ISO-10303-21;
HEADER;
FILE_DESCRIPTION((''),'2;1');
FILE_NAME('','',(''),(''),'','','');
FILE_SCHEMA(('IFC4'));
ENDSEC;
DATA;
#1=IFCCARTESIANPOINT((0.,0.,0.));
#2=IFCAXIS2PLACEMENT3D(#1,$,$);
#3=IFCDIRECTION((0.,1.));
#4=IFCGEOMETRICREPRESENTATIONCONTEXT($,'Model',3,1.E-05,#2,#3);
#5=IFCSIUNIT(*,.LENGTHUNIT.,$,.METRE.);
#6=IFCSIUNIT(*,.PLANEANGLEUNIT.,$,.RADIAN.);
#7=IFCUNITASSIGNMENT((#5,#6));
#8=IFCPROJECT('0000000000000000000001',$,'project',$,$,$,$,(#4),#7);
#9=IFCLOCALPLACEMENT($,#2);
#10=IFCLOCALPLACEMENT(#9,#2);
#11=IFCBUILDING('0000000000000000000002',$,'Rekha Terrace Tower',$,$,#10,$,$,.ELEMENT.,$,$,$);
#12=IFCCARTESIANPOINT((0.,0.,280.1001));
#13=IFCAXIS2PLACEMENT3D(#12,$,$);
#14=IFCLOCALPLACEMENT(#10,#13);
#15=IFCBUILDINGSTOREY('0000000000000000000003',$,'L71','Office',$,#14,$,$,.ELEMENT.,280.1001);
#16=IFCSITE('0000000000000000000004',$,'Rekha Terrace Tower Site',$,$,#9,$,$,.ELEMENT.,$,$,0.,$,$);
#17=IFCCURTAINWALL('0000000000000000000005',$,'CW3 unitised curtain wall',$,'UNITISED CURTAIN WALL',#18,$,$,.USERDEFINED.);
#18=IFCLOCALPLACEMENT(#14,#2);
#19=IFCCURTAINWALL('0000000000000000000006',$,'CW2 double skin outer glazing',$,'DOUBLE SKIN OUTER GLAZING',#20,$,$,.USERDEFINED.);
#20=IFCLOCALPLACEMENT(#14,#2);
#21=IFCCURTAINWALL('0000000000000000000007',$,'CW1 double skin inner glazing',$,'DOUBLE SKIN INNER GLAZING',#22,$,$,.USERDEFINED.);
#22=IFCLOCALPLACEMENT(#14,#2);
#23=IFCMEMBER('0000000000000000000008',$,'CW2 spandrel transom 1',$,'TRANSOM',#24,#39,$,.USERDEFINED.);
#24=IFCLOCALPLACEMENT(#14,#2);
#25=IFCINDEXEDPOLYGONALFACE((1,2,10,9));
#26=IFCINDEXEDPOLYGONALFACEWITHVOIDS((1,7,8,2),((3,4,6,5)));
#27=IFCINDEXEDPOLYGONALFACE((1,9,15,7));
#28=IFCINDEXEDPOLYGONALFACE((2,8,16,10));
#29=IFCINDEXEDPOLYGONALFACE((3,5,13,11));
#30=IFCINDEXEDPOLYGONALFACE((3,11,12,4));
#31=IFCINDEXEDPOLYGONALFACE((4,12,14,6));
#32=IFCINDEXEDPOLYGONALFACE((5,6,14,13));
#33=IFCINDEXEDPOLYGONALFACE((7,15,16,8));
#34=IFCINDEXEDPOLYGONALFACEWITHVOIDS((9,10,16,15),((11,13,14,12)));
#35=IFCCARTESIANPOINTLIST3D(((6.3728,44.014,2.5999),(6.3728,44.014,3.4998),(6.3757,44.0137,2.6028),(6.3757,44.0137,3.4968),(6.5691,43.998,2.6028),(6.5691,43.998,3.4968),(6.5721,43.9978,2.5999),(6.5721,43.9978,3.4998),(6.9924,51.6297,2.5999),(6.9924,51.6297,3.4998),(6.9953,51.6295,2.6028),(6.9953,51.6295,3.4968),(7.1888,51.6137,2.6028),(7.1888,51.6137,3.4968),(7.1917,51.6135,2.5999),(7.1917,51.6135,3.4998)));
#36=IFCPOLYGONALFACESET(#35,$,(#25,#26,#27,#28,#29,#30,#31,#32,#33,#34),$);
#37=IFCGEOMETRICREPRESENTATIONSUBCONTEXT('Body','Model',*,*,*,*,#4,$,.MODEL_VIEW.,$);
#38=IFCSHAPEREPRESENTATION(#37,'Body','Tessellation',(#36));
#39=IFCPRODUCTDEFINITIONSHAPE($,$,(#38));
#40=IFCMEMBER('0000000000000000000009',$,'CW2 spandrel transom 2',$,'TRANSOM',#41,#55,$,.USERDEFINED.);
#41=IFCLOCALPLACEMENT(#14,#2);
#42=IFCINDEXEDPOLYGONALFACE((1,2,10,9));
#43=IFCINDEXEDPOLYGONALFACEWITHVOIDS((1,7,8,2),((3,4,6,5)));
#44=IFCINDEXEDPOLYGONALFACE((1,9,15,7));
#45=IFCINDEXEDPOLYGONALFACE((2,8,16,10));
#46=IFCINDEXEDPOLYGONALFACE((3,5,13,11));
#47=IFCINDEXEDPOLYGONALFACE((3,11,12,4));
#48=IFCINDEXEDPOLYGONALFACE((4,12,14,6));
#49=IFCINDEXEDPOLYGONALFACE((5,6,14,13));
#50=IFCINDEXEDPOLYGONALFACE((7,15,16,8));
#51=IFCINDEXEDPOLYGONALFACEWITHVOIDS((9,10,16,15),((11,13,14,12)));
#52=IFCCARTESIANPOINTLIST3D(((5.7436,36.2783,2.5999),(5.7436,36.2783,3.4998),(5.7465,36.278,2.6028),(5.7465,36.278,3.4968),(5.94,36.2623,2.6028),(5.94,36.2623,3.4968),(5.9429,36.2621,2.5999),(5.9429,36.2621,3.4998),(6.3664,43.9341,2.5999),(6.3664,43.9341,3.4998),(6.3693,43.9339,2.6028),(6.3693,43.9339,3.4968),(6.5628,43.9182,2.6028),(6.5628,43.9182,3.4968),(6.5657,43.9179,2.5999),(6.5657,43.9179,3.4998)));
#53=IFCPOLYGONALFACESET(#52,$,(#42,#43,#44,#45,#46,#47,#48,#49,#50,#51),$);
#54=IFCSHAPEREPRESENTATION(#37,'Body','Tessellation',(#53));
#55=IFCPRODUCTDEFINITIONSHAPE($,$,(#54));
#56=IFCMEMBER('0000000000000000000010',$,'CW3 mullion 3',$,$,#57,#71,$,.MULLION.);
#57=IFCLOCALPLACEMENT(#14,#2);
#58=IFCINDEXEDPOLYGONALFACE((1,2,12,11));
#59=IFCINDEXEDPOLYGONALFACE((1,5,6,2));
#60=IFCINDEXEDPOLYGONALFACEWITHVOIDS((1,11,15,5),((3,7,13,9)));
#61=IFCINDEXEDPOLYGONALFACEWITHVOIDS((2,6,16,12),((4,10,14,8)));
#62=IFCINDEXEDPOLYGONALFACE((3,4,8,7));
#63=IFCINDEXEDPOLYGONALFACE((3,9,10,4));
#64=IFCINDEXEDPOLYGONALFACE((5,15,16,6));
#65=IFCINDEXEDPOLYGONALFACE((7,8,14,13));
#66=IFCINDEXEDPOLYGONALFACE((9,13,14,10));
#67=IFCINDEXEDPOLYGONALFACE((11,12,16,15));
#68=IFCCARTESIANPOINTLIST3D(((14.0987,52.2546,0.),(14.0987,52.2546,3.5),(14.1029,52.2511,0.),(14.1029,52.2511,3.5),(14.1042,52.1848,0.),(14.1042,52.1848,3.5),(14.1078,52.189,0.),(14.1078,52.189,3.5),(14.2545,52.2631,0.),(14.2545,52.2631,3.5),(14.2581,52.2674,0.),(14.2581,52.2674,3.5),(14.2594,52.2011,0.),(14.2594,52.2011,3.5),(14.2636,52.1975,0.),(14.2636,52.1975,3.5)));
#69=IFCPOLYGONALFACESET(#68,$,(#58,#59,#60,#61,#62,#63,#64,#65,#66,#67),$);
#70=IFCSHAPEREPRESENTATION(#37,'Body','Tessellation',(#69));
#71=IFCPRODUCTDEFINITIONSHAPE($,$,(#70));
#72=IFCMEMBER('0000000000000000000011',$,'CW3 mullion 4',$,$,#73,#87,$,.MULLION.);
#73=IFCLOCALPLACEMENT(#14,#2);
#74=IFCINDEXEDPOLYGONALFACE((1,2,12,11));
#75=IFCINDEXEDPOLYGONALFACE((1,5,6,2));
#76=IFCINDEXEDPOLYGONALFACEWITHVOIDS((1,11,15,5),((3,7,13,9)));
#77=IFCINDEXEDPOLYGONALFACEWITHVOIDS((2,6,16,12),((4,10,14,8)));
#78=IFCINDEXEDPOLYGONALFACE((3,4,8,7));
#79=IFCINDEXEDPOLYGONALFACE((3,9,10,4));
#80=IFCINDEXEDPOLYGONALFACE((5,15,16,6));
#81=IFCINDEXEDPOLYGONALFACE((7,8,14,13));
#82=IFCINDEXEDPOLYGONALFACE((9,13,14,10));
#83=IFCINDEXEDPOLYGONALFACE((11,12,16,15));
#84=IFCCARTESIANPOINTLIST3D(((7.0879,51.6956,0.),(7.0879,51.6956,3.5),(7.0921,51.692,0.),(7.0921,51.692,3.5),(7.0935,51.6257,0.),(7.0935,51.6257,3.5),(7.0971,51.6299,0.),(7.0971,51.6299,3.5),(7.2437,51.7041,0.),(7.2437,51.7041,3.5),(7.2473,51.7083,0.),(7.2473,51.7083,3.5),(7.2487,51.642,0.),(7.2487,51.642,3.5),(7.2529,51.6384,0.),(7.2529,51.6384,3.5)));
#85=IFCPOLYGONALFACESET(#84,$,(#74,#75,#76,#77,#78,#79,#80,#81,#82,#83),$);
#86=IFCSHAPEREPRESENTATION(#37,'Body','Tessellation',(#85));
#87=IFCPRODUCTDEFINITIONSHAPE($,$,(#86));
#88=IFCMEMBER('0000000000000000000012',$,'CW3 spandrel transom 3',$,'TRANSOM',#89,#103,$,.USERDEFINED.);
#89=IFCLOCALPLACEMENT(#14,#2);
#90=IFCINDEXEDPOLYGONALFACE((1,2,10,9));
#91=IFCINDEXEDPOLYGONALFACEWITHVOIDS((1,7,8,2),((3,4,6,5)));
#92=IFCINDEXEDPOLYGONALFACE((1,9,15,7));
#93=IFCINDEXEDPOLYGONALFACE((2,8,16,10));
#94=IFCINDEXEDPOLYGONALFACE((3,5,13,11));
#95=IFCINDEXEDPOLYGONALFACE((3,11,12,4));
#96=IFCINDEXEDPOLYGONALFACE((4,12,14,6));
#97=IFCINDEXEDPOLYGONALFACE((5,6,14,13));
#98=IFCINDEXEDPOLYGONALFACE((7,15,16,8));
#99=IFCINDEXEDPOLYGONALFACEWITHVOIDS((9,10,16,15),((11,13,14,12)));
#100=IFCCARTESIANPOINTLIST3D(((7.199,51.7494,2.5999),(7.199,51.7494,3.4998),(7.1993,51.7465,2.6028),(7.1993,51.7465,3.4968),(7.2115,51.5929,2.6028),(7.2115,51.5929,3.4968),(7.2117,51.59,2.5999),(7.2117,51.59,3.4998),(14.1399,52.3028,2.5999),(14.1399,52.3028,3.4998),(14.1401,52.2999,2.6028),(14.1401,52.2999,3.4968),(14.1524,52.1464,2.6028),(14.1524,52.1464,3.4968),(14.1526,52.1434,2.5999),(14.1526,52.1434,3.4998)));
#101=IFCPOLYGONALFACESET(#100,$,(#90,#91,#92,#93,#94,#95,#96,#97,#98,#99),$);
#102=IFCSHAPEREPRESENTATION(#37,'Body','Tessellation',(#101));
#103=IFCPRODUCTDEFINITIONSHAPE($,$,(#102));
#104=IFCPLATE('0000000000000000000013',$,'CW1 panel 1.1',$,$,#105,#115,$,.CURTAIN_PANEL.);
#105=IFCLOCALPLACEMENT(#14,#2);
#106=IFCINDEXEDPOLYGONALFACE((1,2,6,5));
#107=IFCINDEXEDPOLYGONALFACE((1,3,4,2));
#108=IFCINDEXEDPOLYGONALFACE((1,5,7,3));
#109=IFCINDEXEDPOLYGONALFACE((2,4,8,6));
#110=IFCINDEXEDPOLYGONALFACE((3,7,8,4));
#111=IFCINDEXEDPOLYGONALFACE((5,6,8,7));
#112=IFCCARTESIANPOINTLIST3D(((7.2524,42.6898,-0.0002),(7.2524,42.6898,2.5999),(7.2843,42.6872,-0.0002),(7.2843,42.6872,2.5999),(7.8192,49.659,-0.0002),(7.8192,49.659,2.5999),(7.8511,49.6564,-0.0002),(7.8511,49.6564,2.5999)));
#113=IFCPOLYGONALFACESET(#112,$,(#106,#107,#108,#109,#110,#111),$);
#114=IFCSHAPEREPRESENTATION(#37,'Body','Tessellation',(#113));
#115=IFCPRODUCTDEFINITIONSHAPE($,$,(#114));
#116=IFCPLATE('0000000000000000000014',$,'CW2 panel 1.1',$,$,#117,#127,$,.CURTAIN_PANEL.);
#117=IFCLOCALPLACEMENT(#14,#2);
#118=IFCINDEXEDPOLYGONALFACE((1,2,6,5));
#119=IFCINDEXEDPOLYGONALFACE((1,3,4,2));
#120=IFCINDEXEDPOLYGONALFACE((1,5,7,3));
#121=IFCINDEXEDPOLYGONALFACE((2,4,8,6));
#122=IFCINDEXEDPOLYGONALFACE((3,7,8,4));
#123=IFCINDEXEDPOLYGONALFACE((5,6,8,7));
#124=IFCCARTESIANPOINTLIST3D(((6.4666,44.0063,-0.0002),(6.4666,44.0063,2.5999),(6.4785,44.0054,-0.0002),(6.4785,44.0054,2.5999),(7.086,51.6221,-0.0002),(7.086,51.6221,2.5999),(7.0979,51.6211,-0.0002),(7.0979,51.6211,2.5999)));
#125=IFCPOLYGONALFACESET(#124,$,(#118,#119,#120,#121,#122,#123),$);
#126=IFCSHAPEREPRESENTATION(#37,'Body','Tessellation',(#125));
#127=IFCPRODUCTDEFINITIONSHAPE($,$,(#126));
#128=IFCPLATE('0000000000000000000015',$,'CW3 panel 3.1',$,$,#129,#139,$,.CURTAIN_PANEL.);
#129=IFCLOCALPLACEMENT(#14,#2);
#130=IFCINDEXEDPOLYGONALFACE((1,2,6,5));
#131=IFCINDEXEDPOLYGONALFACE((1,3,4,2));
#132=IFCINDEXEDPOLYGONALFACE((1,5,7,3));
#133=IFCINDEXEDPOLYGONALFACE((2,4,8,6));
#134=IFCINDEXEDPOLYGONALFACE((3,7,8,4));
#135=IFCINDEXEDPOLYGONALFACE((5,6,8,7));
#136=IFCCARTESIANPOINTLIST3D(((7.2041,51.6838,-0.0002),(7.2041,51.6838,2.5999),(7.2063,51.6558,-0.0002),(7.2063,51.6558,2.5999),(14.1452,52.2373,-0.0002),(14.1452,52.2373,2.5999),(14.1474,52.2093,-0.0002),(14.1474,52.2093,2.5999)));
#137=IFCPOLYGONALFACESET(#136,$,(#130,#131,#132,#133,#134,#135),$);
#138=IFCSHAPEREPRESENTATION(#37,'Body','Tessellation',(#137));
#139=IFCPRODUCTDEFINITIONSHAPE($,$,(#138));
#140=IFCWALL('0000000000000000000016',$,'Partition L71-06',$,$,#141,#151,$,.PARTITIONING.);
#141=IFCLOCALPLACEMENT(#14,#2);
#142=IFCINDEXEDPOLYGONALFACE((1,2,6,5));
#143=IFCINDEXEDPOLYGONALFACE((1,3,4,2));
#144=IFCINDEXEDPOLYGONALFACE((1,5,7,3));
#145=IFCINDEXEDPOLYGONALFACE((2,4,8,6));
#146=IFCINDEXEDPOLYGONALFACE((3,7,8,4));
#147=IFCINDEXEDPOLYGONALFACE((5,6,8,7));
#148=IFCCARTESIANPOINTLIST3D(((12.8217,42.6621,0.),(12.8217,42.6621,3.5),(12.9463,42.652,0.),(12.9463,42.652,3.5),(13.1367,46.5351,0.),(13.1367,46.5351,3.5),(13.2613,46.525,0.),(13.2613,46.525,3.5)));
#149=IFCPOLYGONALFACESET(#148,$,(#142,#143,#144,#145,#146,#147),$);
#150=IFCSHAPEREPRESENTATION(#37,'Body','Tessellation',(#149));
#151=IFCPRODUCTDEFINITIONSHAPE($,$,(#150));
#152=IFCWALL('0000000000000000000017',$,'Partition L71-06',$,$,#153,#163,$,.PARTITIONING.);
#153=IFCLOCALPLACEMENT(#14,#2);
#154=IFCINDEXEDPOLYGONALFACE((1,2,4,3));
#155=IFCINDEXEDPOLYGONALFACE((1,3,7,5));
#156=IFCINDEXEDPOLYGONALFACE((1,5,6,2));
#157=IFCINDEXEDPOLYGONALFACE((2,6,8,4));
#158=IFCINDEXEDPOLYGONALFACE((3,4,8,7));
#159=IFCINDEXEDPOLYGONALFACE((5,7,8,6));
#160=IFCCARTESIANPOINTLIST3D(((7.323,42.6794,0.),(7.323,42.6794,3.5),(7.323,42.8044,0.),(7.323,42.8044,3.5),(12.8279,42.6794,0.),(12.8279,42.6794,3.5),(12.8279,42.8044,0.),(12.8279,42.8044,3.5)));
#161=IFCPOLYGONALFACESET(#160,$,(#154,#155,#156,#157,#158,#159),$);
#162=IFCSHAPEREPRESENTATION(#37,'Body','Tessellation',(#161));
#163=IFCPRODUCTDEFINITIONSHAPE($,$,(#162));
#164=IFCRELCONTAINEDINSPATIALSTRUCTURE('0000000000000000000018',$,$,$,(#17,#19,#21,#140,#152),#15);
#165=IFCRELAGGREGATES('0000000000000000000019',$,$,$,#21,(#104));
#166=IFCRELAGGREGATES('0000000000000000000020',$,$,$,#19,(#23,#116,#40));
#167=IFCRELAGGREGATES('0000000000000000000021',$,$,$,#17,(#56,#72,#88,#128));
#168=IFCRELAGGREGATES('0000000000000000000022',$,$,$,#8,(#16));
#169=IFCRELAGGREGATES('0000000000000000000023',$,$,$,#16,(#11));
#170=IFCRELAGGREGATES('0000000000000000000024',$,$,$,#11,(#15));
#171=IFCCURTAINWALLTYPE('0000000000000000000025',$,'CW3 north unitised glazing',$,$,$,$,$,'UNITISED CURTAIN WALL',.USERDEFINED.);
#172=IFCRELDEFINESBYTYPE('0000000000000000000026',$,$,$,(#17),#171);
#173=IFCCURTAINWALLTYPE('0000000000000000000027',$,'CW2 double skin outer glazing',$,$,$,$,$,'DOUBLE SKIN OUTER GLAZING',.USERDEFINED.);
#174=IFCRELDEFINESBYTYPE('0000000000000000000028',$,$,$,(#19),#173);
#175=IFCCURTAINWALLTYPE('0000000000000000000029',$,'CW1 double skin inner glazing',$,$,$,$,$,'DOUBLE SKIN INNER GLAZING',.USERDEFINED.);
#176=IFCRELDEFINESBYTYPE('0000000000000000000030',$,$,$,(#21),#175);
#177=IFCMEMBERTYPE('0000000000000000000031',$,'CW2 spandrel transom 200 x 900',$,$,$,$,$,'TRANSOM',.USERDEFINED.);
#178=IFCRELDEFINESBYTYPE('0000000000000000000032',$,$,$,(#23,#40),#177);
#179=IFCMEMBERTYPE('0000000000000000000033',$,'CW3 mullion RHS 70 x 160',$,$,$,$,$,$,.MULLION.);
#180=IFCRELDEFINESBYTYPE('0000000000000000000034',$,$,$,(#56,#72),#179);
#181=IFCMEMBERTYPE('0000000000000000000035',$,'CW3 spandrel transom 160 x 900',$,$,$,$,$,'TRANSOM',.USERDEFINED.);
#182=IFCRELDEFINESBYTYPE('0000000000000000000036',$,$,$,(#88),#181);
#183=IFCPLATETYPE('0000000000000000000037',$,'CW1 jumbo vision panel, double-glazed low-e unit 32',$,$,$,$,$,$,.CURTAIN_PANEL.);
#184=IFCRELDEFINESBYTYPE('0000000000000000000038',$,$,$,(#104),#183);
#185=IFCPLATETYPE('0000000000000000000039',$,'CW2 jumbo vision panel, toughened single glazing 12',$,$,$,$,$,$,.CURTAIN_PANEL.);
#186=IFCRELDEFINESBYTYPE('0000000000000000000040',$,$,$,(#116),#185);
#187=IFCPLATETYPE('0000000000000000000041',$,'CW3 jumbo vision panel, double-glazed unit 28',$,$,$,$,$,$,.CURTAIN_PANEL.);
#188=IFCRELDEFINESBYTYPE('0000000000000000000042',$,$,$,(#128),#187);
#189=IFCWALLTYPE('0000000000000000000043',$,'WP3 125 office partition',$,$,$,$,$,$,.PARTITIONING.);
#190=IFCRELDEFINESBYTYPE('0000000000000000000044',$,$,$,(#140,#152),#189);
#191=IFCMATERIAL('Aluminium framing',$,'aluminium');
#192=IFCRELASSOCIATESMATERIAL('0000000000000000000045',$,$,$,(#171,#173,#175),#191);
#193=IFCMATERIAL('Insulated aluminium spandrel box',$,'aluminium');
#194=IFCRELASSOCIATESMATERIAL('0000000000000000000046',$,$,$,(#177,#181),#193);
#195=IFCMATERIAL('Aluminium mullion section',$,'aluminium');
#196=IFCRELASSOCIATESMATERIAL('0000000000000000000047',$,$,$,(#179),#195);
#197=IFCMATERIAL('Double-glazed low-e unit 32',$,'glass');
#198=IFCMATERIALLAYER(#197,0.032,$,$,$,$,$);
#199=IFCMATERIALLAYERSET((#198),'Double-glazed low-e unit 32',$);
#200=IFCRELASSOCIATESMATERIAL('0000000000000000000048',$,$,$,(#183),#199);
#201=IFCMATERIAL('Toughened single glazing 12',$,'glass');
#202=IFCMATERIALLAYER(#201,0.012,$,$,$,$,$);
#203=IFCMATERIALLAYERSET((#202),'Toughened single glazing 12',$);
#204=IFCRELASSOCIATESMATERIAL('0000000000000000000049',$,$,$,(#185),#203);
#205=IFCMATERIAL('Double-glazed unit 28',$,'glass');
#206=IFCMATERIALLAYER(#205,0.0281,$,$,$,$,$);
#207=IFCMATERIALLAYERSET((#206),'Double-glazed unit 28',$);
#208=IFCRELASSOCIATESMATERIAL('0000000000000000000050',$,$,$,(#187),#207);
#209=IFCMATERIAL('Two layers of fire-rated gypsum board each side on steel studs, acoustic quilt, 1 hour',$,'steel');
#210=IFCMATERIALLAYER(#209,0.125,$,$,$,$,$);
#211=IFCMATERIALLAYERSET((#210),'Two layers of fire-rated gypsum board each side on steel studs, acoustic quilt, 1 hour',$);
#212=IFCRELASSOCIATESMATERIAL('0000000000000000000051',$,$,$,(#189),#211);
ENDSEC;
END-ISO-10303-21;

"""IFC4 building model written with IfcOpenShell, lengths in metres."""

from ifc_helpers import new_model, si_unit, direction, frame, frame_2d, origin, origin_2d, place, context, subcontext, project, spatial, rectangle, hollow_rectangle, extrude, material, layer, layer_set, material_profile, profile_set, type_object, element, aggregate, save


model = new_model("IFC4")

# Units and contexts
model_context = context("Model", 3, precision=1e-05, world=origin(), true_north=direction((0.0, 1.0)))
body_context = subcontext(model_context, "Body", "Model", "MODEL_VIEW")
ifc_project = project(units=[si_unit("LENGTHUNIT", "METRE"), si_unit("PLANEANGLEUNIT", "RADIAN")], contexts=[model_context])

# Site, building, storey
site_placement = place(None, origin())
site = spatial("IfcSite", under=ifc_project, at=site_placement, Name="Rekha Terrace Tower Site", CompositionType="ELEMENT", RefElevation=0.0)
building_placement = place(site_placement, origin())
building = spatial("IfcBuilding", under=site, at=building_placement, Name="Rekha Terrace Tower", CompositionType="ELEMENT")
storey_placement = place(building_placement, frame((0.0, 0.0, 280.1001)))
storey = spatial("IfcBuildingStorey", under=building, at=storey_placement, Name="L71", Description="Office", CompositionType="ELEMENT", Elevation=280.1001)

# Curtain walls
ifc_material_1 = material(Name="Aluminium framing", Category="aluminium")
curtain_wall_type_1 = type_object("IfcCurtainWallType", Name="CW3 north unitised glazing", ElementType="UNITISED CURTAIN WALL", PredefinedType="USERDEFINED", material=ifc_material_1)
curtain_wall_1_placement = place(storey_placement, origin())
curtain_wall_1 = element("IfcCurtainWall", 1, at=curtain_wall_1_placement, inside=storey, type_object=curtain_wall_type_1, Name="CW3 unitised curtain wall", ObjectType="UNITISED CURTAIN WALL", PredefinedType="USERDEFINED")
curtain_wall_type_2 = type_object("IfcCurtainWallType", Name="CW2 double skin outer glazing", ElementType="DOUBLE SKIN OUTER GLAZING", PredefinedType="USERDEFINED", material=ifc_material_1)
curtain_wall_2_placement = place(storey_placement, origin())
curtain_wall_2 = element("IfcCurtainWall", 2, at=curtain_wall_2_placement, inside=storey, type_object=curtain_wall_type_2, Name="CW2 double skin outer glazing", ObjectType="DOUBLE SKIN OUTER GLAZING", PredefinedType="USERDEFINED")

# Curtain wall
curtain_wall_type_3 = type_object("IfcCurtainWallType", Name="CW1 double skin inner glazing", ElementType="DOUBLE SKIN INNER GLAZING", PredefinedType="USERDEFINED", material=ifc_material_1)
curtain_wall_3_placement = place(storey_placement, origin())
curtain_wall_3 = element("IfcCurtainWall", 3, at=curtain_wall_3_placement, inside=storey, type_object=curtain_wall_type_3, Name="CW1 double skin inner glazing", ObjectType="DOUBLE SKIN INNER GLAZING", PredefinedType="USERDEFINED")
ifc_material_2 = material(Name="Aluminium mullion section", Category="aluminium")
ifc_material_3 = material(Name="Insulated aluminium spandrel box", Category="aluminium")

# Members
ifc_material_profile_1 = material_profile(ifc_material_3, hollow_rectangle(XDim=0.2, YDim=0.8999, WallThickness=0.0029, at=origin_2d()), Name="AL SPANDREL BOX 200x900")
ifc_profile_set_1 = profile_set([ifc_material_profile_1], Name="Insulated aluminium spandrel box")
member_type_1 = type_object("IfcMemberType", Name="CW2 spandrel transom 200 x 900", ElementType="TRANSOM", PredefinedType="USERDEFINED", material=ifc_profile_set_1)
member_1_placement = place(storey_placement, frame((7.092, 51.6216, 3.0498), z_axis=(-0.081094, -0.996706, 0.0), x_axis=(0.996706, -0.081094, 0.0)))
member_1 = element("IfcMember", 4, at=member_1_placement, type_object=member_type_1, Name="CW2 spandrel transom 1", ObjectType="TRANSOM", PredefinedType="USERDEFINED", context=body_context, shape_type="SweptSolid", body=[
    extrude(hollow_rectangle(XDim=0.2, YDim=0.8999, WallThickness=0.0029, at=origin_2d()), origin(), (0.0, 0.0, 1.0), 7.6409),
])
member_2_placement = place(storey_placement, frame((6.4661, 43.926, 3.0498), z_axis=(-0.081083, -0.996707, 0.0), x_axis=(0.996707, -0.081083, 0.0)))
member_2 = element("IfcMember", 5, at=member_2_placement, type_object=member_type_1, Name="CW2 spandrel transom 2", ObjectType="TRANSOM", PredefinedType="USERDEFINED", context=body_context, shape_type="SweptSolid", body=[
    extrude(hollow_rectangle(XDim=0.2, YDim=0.8999, WallThickness=0.0029, at=origin_2d()), origin(), (0.0, 0.0, 1.0), 7.6812),
])
ifc_material_profile_2 = material_profile(ifc_material_2, hollow_rectangle(XDim=0.0701, YDim=0.1599, WallThickness=0.0039, at=origin_2d()), Name="AL RHS 70x160")
ifc_profile_set_2 = profile_set([ifc_material_profile_2], Name="Aluminium mullion section")
member_type_2 = type_object("IfcMemberType", Name="CW3 mullion RHS 70 x 160", PredefinedType="MULLION", material=ifc_profile_set_2)
member_3_placement = place(storey_placement, frame((14.1812, 52.2261, 0.0), z_axis=(0.0, 0.0, 1.0), x_axis=(0.079485, -0.996836, 0.0)))
member_3 = element("IfcMember", 6, at=member_3_placement, type_object=member_type_2, Name="CW3 mullion 3", PredefinedType="MULLION", context=body_context, shape_type="SweptSolid", body=[
    extrude(hollow_rectangle(XDim=0.0701, YDim=0.1599, WallThickness=0.0039, at=origin_2d()), origin(), (0.0, 0.0, 1.0), 3.5),
])
member_4_placement = place(storey_placement, frame((7.1704, 51.667, 0.0), z_axis=(0.0, 0.0, 1.0), x_axis=(0.079485, -0.996836, 0.0)))
member_4 = element("IfcMember", 7, at=member_4_placement, type_object=member_type_2, Name="CW3 mullion 4", PredefinedType="MULLION", context=body_context, shape_type="SweptSolid", body=[
    extrude(hollow_rectangle(XDim=0.0701, YDim=0.1599, WallThickness=0.0039, at=origin_2d()), origin(), (0.0, 0.0, 1.0), 3.5),
])
ifc_material_profile_3 = material_profile(ifc_material_3, hollow_rectangle(XDim=0.1599, YDim=0.8999, WallThickness=0.0029, at=origin_2d()), Name="AL SPANDREL BOX 160x900")
ifc_profile_set_3 = profile_set([ifc_material_profile_3], Name="Insulated aluminium spandrel box")
member_type_3 = type_object("IfcMemberType", Name="CW3 spandrel transom 160 x 900", ElementType="TRANSOM", PredefinedType="USERDEFINED", material=ifc_profile_set_3)
member_5_placement = place(storey_placement, frame((14.1462, 52.2231, 3.0498), z_axis=(-0.996836, -0.079487, 0.0), x_axis=(0.079487, -0.996836, 0.0)))
member_5 = element("IfcMember", 8, at=member_5_placement, type_object=member_type_3, Name="CW3 spandrel transom 3", ObjectType="TRANSOM", PredefinedType="USERDEFINED", context=body_context, shape_type="SweptSolid", body=[
    extrude(hollow_rectangle(XDim=0.1599, YDim=0.8999, WallThickness=0.0029, at=origin_2d()), origin(), (0.0, 0.0, 1.0), 6.9629),
])

# Plates
ifc_material_4 = material(Name="Double-glazed low-e unit 32", Category="glass")
ifc_layer_1 = layer(ifc_material_4, 0.032)
ifc_layer_set_1 = layer_set([ifc_layer_1], Name="Double-glazed low-e unit 32")
plate_type_1 = type_object("IfcPlateType", Name="CW1 jumbo vision panel, double-glazed low-e unit 32", PredefinedType="CURTAIN_PANEL", material=ifc_layer_set_1)
plate_1_placement = place(storey_placement, frame((7.5518, 46.1731, -0.0002), z_axis=(0.0, 0.0, 1.0), x_axis=(-0.081068, -0.996709, 0.0)))
plate_1 = element("IfcPlate", 9, at=plate_1_placement, type_object=plate_type_1, Name="CW1 panel 1.1", PredefinedType="CURTAIN_PANEL", context=body_context, shape_type="SweptSolid", body=[
    extrude(rectangle(XDim=6.9922, YDim=0.032, at=origin_2d()), origin(), (0.0, 0.0, 1.0), 2.6001),
])
aggregate(curtain_wall_3, [plate_1])
ifc_material_5 = material(Name="Toughened single glazing 12", Category="glass")
ifc_layer_2 = layer(ifc_material_5, 0.012)
ifc_layer_set_2 = layer_set([ifc_layer_2], Name="Toughened single glazing 12")
plate_type_2 = type_object("IfcPlateType", Name="CW2 jumbo vision panel, toughened single glazing 12", PredefinedType="CURTAIN_PANEL", material=ifc_layer_set_2)
plate_2_placement = place(storey_placement, frame((6.7822, 47.8137, -0.0002), z_axis=(0.0, 0.0, 1.0), x_axis=(-0.081068, -0.996709, 0.0)))
plate_2 = element("IfcPlate", 10, at=plate_2_placement, type_object=plate_type_2, Name="CW2 panel 1.1", PredefinedType="CURTAIN_PANEL", context=body_context, shape_type="SweptSolid", body=[
    extrude(rectangle(XDim=7.6409, YDim=0.012, at=origin_2d()), origin(), (0.0, 0.0, 1.0), 2.6001),
])
aggregate(curtain_wall_2, [member_1, plate_2, member_2])
ifc_material_6 = material(Name="Double-glazed unit 28", Category="glass")
ifc_layer_3 = layer(ifc_material_6, 0.0281)
ifc_layer_set_3 = layer_set([ifc_layer_3], Name="Double-glazed unit 28")
plate_type_3 = type_object("IfcPlateType", Name="CW3 jumbo vision panel, double-glazed unit 28", PredefinedType="CURTAIN_PANEL", material=ifc_layer_set_3)
plate_3_placement = place(storey_placement, frame((10.6758, 51.9465, -0.0002), z_axis=(0.0, 0.0, 1.0), x_axis=(-0.996836, -0.079485, 0.0)))
plate_3 = element("IfcPlate", 11, at=plate_3_placement, type_object=plate_type_3, Name="CW3 panel 3.1", PredefinedType="CURTAIN_PANEL", context=body_context, shape_type="SweptSolid", body=[
    extrude(rectangle(XDim=6.9631, YDim=0.0281, at=origin_2d()), origin(), (0.0, 0.0, 1.0), 2.6001),
])
aggregate(curtain_wall_1, [member_3, member_4, member_5, plate_3])

# Walls
ifc_material_7 = material(Name="Two layers of fire-rated gypsum board each side on steel studs, acoustic quilt, 1 hour", Category="steel")
ifc_layer_4 = layer(ifc_material_7, 0.125)
ifc_layer_set_4 = layer_set([ifc_layer_4], Name="Two layers of fire-rated gypsum board each side on steel studs, acoustic quilt, 1 hour")
wall_type = type_object("IfcWallType", Name="WP3 125 office partition", PredefinedType="PARTITIONING", material=ifc_layer_set_4)
wall_1_placement = place(storey_placement, frame((13.199, 46.53, 0.0), z_axis=(0.0, 0.0, 1.0), x_axis=(-0.081049, -0.99671, 0.0)))
element("IfcWall", 12, at=wall_1_placement, inside=storey, type_object=wall_type, Name="Partition L71-06", PredefinedType="PARTITIONING", context=body_context, shape_type="SweptSolid", body=[
    extrude(rectangle(XDim=3.8857, YDim=0.125, at=frame_2d((1.9429, 0.0))), origin(), (0.0, 0.0, 1.0), 3.5),
])
wall_2_placement = place(storey_placement, frame((12.8279, 42.7419, 0.0), z_axis=(0.0, 0.0, 1.0), x_axis=(-1.0, 0.0, 0.0)))
element("IfcWall", 13, at=wall_2_placement, inside=storey, type_object=wall_type, Name="Partition L71-06", PredefinedType="PARTITIONING", context=body_context, shape_type="SweptSolid", body=[
    extrude(rectangle(XDim=5.5049, YDim=0.125, at=frame_2d((2.7524, 0.0))), origin(), (0.0, 0.0, 1.0), 3.5),
])

save(model, "model.ifc")
